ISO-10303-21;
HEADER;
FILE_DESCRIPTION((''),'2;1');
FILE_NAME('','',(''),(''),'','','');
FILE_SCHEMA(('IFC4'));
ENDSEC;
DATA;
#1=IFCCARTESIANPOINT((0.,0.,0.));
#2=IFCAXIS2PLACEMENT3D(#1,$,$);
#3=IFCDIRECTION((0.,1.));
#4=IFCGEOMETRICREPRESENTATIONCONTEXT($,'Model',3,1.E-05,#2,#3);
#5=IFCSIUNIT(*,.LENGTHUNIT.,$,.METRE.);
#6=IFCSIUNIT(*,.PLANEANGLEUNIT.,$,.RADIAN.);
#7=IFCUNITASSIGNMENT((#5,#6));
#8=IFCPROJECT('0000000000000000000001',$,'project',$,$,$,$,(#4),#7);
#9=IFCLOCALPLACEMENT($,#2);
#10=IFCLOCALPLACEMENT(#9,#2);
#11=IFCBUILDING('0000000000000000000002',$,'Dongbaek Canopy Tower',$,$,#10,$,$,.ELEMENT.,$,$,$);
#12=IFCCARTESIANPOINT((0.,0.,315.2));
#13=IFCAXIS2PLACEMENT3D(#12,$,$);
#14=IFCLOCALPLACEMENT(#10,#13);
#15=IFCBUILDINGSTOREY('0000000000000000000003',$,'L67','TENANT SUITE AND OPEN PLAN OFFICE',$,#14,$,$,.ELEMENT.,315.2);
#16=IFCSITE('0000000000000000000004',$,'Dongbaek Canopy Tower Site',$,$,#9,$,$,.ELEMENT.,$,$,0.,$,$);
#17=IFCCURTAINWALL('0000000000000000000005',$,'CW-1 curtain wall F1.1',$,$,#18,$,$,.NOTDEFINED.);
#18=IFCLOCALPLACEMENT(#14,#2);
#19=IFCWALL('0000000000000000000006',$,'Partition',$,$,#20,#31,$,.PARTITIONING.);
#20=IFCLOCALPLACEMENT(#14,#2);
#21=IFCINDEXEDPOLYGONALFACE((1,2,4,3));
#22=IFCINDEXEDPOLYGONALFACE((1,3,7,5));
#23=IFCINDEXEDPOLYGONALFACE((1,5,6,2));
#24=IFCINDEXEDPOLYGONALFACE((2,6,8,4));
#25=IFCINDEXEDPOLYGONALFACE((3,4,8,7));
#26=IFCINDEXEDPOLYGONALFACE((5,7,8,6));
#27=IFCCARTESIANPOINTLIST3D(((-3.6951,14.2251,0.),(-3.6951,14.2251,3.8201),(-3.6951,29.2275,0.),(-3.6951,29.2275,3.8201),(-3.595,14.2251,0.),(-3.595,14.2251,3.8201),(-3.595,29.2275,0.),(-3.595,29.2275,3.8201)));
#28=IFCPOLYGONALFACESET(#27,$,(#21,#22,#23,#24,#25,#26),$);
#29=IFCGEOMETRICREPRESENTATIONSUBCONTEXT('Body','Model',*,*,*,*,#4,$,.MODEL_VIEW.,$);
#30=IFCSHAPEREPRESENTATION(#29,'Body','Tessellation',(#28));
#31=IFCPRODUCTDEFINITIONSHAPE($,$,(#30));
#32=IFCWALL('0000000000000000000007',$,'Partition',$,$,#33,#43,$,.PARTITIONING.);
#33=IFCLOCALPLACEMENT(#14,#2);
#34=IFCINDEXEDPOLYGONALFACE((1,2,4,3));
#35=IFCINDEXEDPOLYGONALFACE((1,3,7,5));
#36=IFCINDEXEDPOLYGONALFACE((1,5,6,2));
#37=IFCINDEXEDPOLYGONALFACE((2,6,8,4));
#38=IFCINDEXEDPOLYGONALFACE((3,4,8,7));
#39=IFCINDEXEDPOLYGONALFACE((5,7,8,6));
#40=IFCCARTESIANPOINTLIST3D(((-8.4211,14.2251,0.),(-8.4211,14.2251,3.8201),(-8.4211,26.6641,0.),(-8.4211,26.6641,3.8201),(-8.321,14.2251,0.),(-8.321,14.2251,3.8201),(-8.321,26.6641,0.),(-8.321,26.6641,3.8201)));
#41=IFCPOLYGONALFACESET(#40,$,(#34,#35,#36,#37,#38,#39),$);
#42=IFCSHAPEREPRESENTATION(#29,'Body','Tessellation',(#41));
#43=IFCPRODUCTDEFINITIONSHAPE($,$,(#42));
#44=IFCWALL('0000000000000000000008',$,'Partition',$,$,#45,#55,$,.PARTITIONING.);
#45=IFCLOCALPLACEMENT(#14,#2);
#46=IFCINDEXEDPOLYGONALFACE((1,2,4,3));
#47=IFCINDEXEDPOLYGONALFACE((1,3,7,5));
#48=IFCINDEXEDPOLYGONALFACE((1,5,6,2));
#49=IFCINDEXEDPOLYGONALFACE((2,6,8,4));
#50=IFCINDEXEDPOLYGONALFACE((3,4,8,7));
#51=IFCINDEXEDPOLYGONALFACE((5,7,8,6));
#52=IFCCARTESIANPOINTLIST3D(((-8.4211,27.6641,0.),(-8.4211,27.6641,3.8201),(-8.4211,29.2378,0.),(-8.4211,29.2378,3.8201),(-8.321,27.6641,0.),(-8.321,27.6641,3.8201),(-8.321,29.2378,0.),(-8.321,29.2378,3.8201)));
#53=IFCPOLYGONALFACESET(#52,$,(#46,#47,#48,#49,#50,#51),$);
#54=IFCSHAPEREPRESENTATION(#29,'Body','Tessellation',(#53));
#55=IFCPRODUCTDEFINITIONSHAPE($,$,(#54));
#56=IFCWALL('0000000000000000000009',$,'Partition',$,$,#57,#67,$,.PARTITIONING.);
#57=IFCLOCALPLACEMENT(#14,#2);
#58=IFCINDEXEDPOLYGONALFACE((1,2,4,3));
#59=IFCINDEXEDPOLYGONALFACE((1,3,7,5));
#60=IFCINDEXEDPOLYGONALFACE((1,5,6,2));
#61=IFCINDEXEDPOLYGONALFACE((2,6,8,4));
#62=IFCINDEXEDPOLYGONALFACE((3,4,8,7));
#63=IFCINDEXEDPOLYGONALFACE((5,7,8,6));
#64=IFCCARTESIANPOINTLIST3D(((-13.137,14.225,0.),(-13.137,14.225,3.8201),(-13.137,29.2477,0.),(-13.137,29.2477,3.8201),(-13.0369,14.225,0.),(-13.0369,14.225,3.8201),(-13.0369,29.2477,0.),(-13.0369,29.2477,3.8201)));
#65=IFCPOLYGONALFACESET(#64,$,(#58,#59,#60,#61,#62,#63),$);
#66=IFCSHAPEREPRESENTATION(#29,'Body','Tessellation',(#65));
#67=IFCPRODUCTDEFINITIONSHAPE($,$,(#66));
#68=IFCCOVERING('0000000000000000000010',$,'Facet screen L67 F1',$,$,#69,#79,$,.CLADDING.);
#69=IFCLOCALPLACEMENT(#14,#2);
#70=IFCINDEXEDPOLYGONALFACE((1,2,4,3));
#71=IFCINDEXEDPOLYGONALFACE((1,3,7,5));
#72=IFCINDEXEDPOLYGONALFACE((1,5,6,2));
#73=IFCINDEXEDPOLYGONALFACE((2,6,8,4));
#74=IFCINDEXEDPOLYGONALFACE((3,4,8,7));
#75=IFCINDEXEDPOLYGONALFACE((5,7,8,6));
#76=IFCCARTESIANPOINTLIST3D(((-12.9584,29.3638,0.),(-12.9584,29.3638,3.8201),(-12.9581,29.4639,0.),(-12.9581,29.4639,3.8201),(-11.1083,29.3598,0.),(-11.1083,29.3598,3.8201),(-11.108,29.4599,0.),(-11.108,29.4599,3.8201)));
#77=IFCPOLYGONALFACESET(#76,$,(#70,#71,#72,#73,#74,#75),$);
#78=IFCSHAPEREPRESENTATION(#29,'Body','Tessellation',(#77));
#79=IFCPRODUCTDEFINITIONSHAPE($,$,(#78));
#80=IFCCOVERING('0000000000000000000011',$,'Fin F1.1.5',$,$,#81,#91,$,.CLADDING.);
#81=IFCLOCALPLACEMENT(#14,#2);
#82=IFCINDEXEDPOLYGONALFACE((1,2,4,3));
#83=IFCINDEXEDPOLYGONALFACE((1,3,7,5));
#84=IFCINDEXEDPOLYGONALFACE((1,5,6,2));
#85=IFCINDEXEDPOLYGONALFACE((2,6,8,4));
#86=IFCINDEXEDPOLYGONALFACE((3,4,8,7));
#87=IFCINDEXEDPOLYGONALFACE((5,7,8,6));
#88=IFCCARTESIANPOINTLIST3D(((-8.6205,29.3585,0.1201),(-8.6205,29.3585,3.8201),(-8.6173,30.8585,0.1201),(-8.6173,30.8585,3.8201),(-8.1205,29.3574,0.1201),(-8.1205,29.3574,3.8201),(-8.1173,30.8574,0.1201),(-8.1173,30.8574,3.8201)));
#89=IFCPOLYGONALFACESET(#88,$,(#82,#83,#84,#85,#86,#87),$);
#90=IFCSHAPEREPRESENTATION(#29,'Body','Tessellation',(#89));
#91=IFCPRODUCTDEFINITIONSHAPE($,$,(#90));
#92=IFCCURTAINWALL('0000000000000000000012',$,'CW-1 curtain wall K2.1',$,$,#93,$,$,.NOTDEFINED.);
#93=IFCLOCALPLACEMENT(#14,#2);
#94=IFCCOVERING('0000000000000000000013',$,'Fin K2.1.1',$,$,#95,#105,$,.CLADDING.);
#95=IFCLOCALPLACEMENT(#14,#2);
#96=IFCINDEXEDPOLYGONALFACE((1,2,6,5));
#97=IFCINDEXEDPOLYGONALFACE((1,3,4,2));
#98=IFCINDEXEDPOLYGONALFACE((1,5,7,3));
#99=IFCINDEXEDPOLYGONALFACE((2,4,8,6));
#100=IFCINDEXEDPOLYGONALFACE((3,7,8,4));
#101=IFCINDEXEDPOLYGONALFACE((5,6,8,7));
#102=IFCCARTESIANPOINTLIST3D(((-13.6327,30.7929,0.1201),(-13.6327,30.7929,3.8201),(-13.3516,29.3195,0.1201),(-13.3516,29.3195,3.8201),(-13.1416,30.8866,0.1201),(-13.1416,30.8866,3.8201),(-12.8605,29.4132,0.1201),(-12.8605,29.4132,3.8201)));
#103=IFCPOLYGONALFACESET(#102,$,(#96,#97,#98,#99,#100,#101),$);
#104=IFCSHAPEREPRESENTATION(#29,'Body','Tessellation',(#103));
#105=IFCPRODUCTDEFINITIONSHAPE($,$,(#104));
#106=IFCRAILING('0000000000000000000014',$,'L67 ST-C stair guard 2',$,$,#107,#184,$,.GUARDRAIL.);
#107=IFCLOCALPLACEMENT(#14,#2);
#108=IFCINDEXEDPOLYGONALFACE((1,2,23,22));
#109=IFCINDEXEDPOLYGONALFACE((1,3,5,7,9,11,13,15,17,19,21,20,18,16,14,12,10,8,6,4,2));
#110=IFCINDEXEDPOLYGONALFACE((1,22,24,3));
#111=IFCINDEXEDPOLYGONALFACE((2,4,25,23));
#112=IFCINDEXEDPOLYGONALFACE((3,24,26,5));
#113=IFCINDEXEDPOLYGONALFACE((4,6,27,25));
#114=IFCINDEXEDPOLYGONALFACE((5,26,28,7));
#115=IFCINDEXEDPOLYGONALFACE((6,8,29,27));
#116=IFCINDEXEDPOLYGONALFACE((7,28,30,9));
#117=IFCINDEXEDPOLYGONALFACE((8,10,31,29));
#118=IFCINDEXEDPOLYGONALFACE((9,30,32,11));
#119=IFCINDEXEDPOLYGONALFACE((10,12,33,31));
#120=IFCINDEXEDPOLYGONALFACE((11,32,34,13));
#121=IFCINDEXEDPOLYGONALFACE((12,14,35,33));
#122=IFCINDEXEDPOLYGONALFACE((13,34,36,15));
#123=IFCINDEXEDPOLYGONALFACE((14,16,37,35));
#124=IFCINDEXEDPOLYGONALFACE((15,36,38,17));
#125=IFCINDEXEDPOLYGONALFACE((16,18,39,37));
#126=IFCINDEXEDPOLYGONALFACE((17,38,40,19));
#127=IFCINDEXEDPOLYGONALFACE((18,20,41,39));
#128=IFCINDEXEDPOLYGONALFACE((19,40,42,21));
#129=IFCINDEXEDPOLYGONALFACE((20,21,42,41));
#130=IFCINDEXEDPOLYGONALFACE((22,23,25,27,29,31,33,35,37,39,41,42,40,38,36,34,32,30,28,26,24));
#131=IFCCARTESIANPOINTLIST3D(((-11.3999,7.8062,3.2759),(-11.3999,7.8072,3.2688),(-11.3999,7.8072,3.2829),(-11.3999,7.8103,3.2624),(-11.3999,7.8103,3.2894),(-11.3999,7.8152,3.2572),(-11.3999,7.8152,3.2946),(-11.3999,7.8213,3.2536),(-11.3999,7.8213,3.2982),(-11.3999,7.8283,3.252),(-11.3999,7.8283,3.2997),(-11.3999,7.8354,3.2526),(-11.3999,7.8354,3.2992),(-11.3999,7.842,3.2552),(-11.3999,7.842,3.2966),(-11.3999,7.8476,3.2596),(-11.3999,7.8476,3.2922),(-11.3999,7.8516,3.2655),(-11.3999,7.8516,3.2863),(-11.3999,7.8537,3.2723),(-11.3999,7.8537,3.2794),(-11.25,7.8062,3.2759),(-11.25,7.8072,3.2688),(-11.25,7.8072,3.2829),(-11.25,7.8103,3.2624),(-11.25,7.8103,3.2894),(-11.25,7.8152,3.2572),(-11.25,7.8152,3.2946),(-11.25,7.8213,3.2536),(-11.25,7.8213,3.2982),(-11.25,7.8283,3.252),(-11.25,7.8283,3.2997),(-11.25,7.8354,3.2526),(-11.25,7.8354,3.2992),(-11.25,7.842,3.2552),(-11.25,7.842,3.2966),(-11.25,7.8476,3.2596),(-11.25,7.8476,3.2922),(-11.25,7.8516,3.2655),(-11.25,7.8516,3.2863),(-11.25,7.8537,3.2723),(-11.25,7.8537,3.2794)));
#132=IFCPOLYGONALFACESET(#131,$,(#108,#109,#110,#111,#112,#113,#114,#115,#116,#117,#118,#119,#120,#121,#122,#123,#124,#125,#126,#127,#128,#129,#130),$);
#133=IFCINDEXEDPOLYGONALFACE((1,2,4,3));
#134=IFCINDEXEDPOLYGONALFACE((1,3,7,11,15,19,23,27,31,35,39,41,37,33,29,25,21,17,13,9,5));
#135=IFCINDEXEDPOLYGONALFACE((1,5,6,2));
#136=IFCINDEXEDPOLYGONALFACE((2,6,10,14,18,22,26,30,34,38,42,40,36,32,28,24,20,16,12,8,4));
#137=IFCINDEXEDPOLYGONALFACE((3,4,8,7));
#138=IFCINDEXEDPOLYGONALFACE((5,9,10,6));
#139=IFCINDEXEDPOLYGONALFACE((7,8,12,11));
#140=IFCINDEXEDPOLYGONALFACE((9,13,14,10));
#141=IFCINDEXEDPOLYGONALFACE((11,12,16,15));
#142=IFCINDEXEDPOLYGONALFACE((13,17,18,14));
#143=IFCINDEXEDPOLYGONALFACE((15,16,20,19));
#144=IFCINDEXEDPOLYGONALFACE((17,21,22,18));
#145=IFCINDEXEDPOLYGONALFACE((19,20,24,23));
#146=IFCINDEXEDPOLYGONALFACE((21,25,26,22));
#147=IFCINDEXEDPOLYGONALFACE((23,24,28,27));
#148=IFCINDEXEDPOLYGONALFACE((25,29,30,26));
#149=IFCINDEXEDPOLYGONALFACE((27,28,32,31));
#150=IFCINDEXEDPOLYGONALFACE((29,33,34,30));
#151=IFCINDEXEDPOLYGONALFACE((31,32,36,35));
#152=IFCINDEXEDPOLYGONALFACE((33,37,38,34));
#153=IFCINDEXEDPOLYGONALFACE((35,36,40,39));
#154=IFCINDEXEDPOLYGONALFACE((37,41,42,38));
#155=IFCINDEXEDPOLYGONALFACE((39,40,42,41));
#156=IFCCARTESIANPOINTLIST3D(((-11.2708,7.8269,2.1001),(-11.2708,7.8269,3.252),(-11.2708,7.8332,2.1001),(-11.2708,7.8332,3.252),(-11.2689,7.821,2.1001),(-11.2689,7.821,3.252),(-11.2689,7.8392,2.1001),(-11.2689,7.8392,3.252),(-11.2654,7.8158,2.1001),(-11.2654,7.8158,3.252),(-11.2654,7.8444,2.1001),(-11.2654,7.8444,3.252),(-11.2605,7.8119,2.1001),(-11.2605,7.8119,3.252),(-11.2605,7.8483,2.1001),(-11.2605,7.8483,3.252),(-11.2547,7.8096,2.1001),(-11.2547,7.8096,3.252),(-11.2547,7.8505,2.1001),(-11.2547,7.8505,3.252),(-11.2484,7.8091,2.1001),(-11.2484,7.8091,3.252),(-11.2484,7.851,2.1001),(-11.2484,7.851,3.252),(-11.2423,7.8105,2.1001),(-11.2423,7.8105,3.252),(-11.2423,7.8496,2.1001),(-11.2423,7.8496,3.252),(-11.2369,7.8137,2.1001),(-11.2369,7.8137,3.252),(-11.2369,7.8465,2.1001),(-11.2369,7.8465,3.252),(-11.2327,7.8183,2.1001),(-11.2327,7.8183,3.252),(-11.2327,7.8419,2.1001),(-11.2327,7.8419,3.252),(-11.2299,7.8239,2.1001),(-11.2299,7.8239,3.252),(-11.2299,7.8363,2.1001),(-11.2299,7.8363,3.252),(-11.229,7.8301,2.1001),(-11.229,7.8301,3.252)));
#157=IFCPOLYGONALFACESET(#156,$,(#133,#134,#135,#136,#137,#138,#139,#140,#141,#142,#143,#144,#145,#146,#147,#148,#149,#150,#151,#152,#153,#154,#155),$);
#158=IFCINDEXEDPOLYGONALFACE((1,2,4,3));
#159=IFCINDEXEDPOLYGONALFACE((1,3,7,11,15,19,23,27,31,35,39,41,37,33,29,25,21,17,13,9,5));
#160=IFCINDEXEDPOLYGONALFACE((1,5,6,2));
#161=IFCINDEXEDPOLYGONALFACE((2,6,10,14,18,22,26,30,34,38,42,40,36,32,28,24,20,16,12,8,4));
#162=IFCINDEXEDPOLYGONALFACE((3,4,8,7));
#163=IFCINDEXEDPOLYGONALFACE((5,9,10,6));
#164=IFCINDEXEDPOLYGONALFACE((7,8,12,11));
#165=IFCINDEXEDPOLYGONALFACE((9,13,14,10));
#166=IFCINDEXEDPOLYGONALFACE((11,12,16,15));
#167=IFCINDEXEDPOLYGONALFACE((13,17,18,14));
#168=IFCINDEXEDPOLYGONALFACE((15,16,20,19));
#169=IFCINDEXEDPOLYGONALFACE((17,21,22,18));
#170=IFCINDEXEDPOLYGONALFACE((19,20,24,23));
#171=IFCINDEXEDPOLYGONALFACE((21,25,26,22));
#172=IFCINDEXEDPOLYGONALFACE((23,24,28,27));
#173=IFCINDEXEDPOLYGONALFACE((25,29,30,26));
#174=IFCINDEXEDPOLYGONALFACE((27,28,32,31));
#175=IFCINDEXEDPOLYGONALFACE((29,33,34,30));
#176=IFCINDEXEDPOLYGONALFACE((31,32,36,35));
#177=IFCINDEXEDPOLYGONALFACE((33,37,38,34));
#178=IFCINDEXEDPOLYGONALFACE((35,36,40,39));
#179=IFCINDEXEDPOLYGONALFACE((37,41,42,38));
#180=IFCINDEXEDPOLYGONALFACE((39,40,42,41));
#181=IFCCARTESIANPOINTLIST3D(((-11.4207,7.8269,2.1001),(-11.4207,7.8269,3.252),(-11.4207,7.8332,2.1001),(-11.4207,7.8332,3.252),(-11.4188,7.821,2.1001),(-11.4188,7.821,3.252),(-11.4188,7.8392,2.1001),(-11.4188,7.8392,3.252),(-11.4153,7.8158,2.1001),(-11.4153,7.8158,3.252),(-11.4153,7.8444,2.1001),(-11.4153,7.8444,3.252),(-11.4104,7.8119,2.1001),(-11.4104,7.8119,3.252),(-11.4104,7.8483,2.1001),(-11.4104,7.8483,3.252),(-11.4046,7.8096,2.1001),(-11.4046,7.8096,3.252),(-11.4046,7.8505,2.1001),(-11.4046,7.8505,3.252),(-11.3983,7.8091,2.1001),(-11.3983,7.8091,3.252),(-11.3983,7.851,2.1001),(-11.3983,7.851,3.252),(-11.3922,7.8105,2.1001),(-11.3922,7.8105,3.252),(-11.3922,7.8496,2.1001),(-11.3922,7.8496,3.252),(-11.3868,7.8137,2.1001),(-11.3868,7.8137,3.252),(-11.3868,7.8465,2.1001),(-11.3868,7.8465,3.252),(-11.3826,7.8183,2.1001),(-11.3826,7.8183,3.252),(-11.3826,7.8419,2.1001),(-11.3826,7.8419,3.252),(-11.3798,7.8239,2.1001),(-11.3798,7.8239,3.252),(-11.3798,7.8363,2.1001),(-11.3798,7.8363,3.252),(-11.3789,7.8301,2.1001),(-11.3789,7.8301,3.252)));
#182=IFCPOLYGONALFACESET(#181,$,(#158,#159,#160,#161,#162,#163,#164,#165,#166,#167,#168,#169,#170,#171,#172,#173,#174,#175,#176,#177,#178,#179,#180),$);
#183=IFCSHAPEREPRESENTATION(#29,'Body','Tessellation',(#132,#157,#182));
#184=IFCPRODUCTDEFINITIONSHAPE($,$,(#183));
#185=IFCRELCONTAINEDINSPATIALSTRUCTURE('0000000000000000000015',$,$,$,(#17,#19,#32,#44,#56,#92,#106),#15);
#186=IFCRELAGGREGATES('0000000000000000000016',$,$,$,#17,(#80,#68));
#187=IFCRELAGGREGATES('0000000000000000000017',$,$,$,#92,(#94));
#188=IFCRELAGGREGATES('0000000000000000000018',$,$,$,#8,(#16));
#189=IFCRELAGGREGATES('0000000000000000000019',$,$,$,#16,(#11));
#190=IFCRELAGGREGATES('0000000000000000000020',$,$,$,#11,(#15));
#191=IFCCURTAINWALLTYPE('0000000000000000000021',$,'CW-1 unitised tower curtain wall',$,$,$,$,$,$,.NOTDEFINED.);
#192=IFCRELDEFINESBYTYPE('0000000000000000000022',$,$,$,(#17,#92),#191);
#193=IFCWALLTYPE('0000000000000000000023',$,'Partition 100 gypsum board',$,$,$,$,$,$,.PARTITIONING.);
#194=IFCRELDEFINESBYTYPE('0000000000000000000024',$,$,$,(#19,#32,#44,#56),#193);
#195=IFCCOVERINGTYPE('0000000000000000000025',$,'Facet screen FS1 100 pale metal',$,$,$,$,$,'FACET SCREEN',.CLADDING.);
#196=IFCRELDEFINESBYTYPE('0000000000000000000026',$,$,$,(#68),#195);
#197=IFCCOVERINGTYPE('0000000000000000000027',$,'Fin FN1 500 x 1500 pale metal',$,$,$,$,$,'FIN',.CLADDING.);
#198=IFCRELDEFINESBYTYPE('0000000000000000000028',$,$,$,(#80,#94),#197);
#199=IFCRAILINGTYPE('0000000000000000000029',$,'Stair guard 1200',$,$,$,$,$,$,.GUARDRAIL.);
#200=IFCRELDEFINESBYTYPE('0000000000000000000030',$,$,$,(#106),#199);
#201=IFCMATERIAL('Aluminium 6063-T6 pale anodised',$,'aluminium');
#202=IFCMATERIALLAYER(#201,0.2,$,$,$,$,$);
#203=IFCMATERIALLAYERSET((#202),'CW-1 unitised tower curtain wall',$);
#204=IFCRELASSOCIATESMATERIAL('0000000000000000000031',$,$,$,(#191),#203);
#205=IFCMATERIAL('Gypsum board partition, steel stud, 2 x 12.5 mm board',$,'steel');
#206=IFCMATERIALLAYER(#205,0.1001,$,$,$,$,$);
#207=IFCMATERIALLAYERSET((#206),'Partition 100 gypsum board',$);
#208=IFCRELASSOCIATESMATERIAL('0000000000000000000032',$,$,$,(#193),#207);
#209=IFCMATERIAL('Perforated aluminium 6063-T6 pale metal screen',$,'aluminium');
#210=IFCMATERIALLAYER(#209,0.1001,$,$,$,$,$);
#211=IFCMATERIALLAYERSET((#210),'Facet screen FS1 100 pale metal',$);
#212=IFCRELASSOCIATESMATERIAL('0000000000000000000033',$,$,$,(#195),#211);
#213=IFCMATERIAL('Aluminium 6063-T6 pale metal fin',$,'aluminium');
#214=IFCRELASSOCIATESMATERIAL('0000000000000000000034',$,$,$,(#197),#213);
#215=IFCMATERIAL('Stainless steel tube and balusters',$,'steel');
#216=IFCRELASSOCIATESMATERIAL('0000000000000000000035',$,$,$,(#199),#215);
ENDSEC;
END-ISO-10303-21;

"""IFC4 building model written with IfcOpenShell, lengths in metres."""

from ifc_helpers import new_model, si_unit, direction, frame, frame_2d, origin, origin_2d, place, context, subcontext, project, spatial, rectangle, circle, extrude, material, layer, layer_set, material_profile, profile_set, type_object, element, aggregate, save


model = new_model("IFC4")

# Units and contexts
model_context = context("Model", 3, precision=1e-05, world=origin(), true_north=direction((0.0, 1.0)))
body_context = subcontext(model_context, "Body", "Model", "MODEL_VIEW")
ifc_project = project(units=[si_unit("LENGTHUNIT", "METRE"), si_unit("PLANEANGLEUNIT", "RADIAN")], contexts=[model_context])

# Site, building, storey
site_placement = place(None, origin())
site = spatial("IfcSite", under=ifc_project, at=site_placement, Name="Dongbaek Canopy Tower Site", CompositionType="ELEMENT", RefElevation=0.0)
building_placement = place(site_placement, origin())
building = spatial("IfcBuilding", under=site, at=building_placement, Name="Dongbaek Canopy Tower", CompositionType="ELEMENT")
storey_placement = place(building_placement, frame((0.0, 0.0, 315.2)))
storey = spatial("IfcBuildingStorey", under=building, at=storey_placement, Name="L67", Description="TENANT SUITE AND OPEN PLAN OFFICE", CompositionType="ELEMENT", Elevation=315.2)

# Curtain wall
ifc_material_1 = material(Name="Aluminium 6063-T6 pale anodised", Category="aluminium")
ifc_layer_1 = layer(ifc_material_1, 0.2)
ifc_layer_set_1 = layer_set([ifc_layer_1], Name="CW-1 unitised tower curtain wall")
curtain_wall_type = type_object("IfcCurtainWallType", Name="CW-1 unitised tower curtain wall", PredefinedType="NOTDEFINED", material=ifc_layer_set_1)
curtain_wall_1_placement = place(storey_placement, origin())
curtain_wall_1 = element("IfcCurtainWall", 1, at=curtain_wall_1_placement, inside=storey, type_object=curtain_wall_type, Name="CW-1 curtain wall F1.1", PredefinedType="NOTDEFINED")

# Walls
ifc_material_2 = material(Name="Gypsum board partition, steel stud, 2 x 12.5 mm board", Category="steel")
ifc_layer_2 = layer(ifc_material_2, 0.1001)
ifc_layer_set_2 = layer_set([ifc_layer_2], Name="Partition 100 gypsum board")
wall_type_1 = type_object("IfcWallType", Name="Partition 100 gypsum board", PredefinedType="PARTITIONING", material=ifc_layer_set_2)
wall_1_placement = place(storey_placement, frame((-3.645, 14.2251, 0.0), z_axis=(0.0, 0.0, 1.0), x_axis=(0.0, 1.0, 0.0)))
element("IfcWall", 2, at=wall_1_placement, inside=storey, type_object=wall_type_1, Name="Partition", PredefinedType="PARTITIONING", context=body_context, shape_type="SweptSolid", body=[
    extrude(rectangle(XDim=15.0024, YDim=0.1001, at=frame_2d((7.5012, 0.0))), origin(), (0.0, 0.0, 1.0), 3.8201),
])
wall_2_placement = place(storey_placement, frame((-8.3711, 14.2251, 0.0), z_axis=(0.0, 0.0, 1.0), x_axis=(0.0, 1.0, 0.0)))
element("IfcWall", 3, at=wall_2_placement, inside=storey, type_object=wall_type_1, Name="Partition", PredefinedType="PARTITIONING", context=body_context, shape_type="SweptSolid", body=[
    extrude(rectangle(XDim=12.439, YDim=0.1001, at=frame_2d((6.2195, 0.0))), origin(), (0.0, 0.0, 1.0), 3.8201),
])
wall_3_placement = place(storey_placement, frame((-8.3711, 27.6641, 0.0), z_axis=(0.0, 0.0, 1.0), x_axis=(0.0, 1.0, 0.0)))
element("IfcWall", 4, at=wall_3_placement, inside=storey, type_object=wall_type_1, Name="Partition", PredefinedType="PARTITIONING", context=body_context, shape_type="SweptSolid", body=[
    extrude(rectangle(XDim=1.5737, YDim=0.1001, at=frame_2d((0.7869, 0.0))), origin(), (0.0, 0.0, 1.0), 3.8201),
])
wall_4_placement = place(storey_placement, frame((-13.0869, 14.2251, 0.0), z_axis=(0.0, 0.0, 1.0), x_axis=(0.0, 1.0, 0.0)))
element("IfcWall", 5, at=wall_4_placement, inside=storey, type_object=wall_type_1, Name="Partition", PredefinedType="PARTITIONING", context=body_context, shape_type="SweptSolid", body=[
    extrude(rectangle(XDim=15.0227, YDim=0.1001, at=frame_2d((7.5112, 0.0))), origin(), (0.0, 0.0, 1.0), 3.8201),
])

# Coverings
ifc_material_3 = material(Name="Perforated aluminium 6063-T6 pale metal screen", Category="aluminium")
ifc_layer_3 = layer(ifc_material_3, 0.1001)
ifc_layer_set_3 = layer_set([ifc_layer_3], Name="Facet screen FS1 100 pale metal")
covering_type_1 = type_object("IfcCoveringType", Name="Facet screen FS1 100 pale metal", ElementType="FACET SCREEN", PredefinedType="CLADDING", material=ifc_layer_set_3)
covering_1_placement = place(storey_placement, frame((-12.0332, 29.4119, 0.0), z_axis=(0.0, 0.0, 1.0), x_axis=(-0.999998, 0.00218, 0.0)))
covering_1 = element("IfcCovering", 6, at=covering_1_placement, type_object=covering_type_1, Name="Facet screen L67 F1", PredefinedType="CLADDING", context=body_context, shape_type="SweptSolid", body=[
    extrude(rectangle(XDim=1.8501, YDim=0.1001, at=origin_2d()), origin(), (0.0, 0.0, 1.0), 3.8201),
])
ifc_material_4 = material(Name="Aluminium 6063-T6 pale metal fin", Category="aluminium")
ifc_material_profile_1 = material_profile(ifc_material_4, rectangle(XDim=1.5, YDim=0.5, at=origin_2d()), Name="Fin FN1 500 x 1500 pale metal")
ifc_profile_set_1 = profile_set([ifc_material_profile_1], Name="Aluminium 6063-T6 pale metal fin")
covering_type_2 = type_object("IfcCoveringType", Name="Fin FN1 500 x 1500 pale metal", ElementType="FIN", PredefinedType="CLADDING", material=ifc_profile_set_1)
covering_2_placement = place(storey_placement, frame((-8.3689, 30.1079, 0.1201), z_axis=(0.0, 0.0, 1.0), x_axis=(0.00218, 0.999998, 0.0)))
covering_2 = element("IfcCovering", 7, at=covering_2_placement, type_object=covering_type_2, Name="Fin F1.1.5", PredefinedType="CLADDING", context=body_context, shape_type="SweptSolid", body=[
    extrude(rectangle(XDim=1.5, YDim=0.5, at=origin_2d()), origin(), (0.0, 0.0, 1.0), 3.7),
])
aggregate(curtain_wall_1, [covering_2, covering_1])

# Curtain wall, covering
curtain_wall_2_placement = place(storey_placement, origin())
curtain_wall_2 = element("IfcCurtainWall", 8, at=curtain_wall_2_placement, inside=storey, type_object=curtain_wall_type, Name="CW-1 curtain wall K2.1", PredefinedType="NOTDEFINED")
covering_3_placement = place(storey_placement, frame((-13.2466, 30.103, 0.1201), z_axis=(0.0, 0.0, 1.0), x_axis=(-0.187413, 0.982281, 0.0)))
covering_3 = element("IfcCovering", 9, at=covering_3_placement, type_object=covering_type_2, Name="Fin K2.1.1", PredefinedType="CLADDING", context=body_context, shape_type="SweptSolid", body=[
    extrude(rectangle(XDim=1.5, YDim=0.5, at=origin_2d()), origin(), (0.0, 0.0, 1.0), 3.7),
])
aggregate(curtain_wall_2, [covering_3])

# Railing
ifc_material_5 = material(Name="Stainless steel tube and balusters", Category="steel")
railing_type = type_object("IfcRailingType", Name="Stair guard 1200", PredefinedType="GUARDRAIL", material=ifc_material_5)
railing_1_placement = place(storey_placement, frame((-11.25, 7.8301, 2.1001)))
element("IfcRailing", 10, at=railing_1_placement, inside=storey, type_object=railing_type, Name="L67 ST-C stair guard 2", PredefinedType="GUARDRAIL", context=body_context, shape_type="SweptSolid", body=[
    extrude(circle(Radius=0.0239, at=origin_2d()), frame((0.0, 0.0, 1.1758), z_axis=(-1.0, 0.0, 0.0), x_axis=(0.0, -1.0, 0.0)), (0.0, 0.0, 1.0), 0.1499),
    extrude(circle(Radius=0.021, at=origin_2d()), origin(), (0.0, 0.0, 1.0), 1.1519),
    extrude(circle(Radius=0.021, at=origin_2d()), frame((-0.1499, 0.0, 0.0)), (0.0, 0.0, 1.0), 1.1519),
])

save(model, "model.ifc")
